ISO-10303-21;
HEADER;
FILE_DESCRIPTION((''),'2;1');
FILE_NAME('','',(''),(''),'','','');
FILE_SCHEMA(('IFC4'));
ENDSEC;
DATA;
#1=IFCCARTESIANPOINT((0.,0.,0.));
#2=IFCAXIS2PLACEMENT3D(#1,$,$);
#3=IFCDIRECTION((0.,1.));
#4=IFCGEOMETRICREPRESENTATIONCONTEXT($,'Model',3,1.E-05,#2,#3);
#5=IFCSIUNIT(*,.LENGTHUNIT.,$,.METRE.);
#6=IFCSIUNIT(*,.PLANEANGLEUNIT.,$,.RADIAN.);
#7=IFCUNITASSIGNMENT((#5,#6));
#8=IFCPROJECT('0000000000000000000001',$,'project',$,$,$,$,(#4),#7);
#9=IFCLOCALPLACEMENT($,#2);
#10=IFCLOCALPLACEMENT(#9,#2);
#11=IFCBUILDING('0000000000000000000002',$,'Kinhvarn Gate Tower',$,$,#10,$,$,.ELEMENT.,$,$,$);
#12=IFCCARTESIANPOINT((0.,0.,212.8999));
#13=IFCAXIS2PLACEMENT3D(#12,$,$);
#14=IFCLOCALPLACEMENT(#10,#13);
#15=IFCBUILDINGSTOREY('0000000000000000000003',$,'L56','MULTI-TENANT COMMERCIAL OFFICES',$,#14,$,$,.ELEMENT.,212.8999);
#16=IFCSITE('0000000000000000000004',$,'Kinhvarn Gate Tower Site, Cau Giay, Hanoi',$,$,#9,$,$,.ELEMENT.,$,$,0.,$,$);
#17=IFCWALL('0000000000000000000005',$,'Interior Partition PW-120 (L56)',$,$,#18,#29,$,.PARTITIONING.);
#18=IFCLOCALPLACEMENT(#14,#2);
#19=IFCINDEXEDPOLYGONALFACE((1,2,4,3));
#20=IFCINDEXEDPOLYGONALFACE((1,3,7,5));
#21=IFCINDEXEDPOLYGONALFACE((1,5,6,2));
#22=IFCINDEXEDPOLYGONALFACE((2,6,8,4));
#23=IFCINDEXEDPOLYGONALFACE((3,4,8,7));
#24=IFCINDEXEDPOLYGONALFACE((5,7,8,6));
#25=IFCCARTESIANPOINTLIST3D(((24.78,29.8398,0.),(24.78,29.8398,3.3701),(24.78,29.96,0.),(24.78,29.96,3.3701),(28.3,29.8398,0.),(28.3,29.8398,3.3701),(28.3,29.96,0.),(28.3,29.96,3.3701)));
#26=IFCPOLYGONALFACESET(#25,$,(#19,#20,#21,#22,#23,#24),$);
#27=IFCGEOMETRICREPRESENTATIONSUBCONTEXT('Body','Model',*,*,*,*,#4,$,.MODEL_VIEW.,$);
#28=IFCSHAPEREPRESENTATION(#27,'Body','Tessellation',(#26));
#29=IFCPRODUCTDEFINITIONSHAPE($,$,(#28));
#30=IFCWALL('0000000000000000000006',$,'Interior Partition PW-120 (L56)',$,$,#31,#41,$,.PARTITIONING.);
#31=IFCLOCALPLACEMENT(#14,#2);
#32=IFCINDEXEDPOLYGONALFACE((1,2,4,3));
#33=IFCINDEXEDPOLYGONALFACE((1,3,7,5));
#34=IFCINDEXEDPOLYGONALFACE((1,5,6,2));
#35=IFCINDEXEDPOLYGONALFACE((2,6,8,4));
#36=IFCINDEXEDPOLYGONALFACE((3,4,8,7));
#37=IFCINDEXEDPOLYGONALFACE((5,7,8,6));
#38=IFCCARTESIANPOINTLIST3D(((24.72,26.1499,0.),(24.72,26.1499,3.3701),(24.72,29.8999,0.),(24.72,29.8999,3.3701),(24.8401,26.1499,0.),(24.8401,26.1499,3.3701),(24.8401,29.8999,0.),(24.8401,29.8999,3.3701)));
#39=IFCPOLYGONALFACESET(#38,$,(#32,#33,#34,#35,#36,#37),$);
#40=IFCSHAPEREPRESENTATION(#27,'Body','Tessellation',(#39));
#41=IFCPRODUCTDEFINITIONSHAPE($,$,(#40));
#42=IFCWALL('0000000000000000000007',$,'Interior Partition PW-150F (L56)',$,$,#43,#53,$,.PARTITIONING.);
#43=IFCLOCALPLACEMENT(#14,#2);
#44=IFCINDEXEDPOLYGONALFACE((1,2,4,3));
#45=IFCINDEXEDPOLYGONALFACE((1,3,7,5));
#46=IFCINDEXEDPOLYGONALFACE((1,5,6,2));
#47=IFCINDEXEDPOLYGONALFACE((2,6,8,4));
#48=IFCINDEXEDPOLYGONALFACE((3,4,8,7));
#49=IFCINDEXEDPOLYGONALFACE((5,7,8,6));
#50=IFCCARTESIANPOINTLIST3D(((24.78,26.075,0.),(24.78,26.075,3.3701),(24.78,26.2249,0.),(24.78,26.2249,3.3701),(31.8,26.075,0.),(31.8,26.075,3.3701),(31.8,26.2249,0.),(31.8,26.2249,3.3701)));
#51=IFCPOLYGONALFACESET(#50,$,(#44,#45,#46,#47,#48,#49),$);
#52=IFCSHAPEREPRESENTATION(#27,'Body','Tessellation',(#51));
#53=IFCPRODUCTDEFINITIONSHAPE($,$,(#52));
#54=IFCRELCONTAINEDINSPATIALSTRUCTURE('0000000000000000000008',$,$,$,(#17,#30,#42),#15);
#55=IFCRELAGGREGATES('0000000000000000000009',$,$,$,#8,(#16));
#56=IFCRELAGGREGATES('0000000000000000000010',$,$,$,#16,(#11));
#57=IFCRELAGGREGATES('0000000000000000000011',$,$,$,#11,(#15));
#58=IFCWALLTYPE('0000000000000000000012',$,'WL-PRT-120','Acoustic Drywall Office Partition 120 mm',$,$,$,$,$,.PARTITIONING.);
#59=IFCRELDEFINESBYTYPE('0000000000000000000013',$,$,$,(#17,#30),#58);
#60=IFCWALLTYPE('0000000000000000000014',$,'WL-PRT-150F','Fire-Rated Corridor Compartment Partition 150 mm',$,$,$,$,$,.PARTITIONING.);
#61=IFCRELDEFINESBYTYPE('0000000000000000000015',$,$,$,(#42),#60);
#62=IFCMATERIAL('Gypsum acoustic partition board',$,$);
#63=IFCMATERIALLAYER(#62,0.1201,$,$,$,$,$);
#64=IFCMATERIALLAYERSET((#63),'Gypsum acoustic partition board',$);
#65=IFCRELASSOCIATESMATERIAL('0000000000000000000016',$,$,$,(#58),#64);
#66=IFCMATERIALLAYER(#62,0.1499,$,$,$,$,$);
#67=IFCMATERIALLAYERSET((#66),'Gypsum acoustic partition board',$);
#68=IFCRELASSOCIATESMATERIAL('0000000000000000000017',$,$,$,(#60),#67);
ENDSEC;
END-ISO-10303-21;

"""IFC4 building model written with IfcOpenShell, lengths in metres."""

from ifc_helpers import new_model, si_unit, direction, frame, frame_2d, origin, place, context, subcontext, project, spatial, rectangle, extrude, material, layer, layer_set, type_object, element, save


model = new_model("IFC4")

# Units and contexts
model_context = context("Model", 3, precision=1e-05, world=origin(), true_north=direction((0.0, 1.0)))
body_context = subcontext(model_context, "Body", "Model", "MODEL_VIEW")
ifc_project = project(units=[si_unit("LENGTHUNIT", "METRE"), si_unit("PLANEANGLEUNIT", "RADIAN")], contexts=[model_context])

# Site, building, storey
site_placement = place(None, origin())
site = spatial("IfcSite", under=ifc_project, at=site_placement, Name="Kinhvarn Gate Tower Site, Cau Giay, Hanoi", CompositionType="ELEMENT", RefElevation=0.0)
building_placement = place(site_placement, origin())
building = spatial("IfcBuilding", under=site, at=building_placement, Name="Kinhvarn Gate Tower", CompositionType="ELEMENT")
storey_placement = place(building_placement, frame((0.0, 0.0, 212.8999)))
storey = spatial("IfcBuildingStorey", under=building, at=storey_placement, Name="L56", Description="MULTI-TENANT COMMERCIAL OFFICES", CompositionType="ELEMENT", Elevation=212.8999)

# Shared definitions
ifc_material_1 = material(Name="Gypsum acoustic partition board")

# Walls
ifc_layer_1 = layer(ifc_material_1, 0.1201)
ifc_layer_set_1 = layer_set([ifc_layer_1], Name="Gypsum acoustic partition board")
wall_type_1 = type_object("IfcWallType", Name="WL-PRT-120", Description="Acoustic Drywall Office Partition 120 mm", PredefinedType="PARTITIONING", material=ifc_layer_set_1)
wall_1_placement = place(storey_placement, frame((24.78, 29.8999, 0.0), z_axis=(0.0, 0.0, 1.0), x_axis=(1.0, 0.0, 0.0)))
element("IfcWall", 1, at=wall_1_placement, inside=storey, type_object=wall_type_1, Name="Interior Partition PW-120 (L56)", PredefinedType="PARTITIONING", context=body_context, shape_type="SweptSolid", body=[
    extrude(rectangle(XDim=3.52, YDim=0.1201, at=frame_2d((1.76, 0.0))), origin(), (0.0, 0.0, 1.0), 3.3701),
])
wall_2_placement = place(storey_placement, frame((24.78, 26.1499, 0.0), z_axis=(0.0, 0.0, 1.0), x_axis=(0.0, 1.0, 0.0)))
element("IfcWall", 2, at=wall_2_placement, inside=storey, type_object=wall_type_1, Name="Interior Partition PW-120 (L56)", PredefinedType="PARTITIONING", context=body_context, shape_type="SweptSolid", body=[
    extrude(rectangle(XDim=3.75, YDim=0.1201, at=frame_2d((1.875, 0.0))), origin(), (0.0, 0.0, 1.0), 3.3701),
])
ifc_layer_2 = layer(ifc_material_1, 0.1499)
ifc_layer_set_2 = layer_set([ifc_layer_2], Name="Gypsum acoustic partition board")
wall_type_2 = type_object("IfcWallType", Name="WL-PRT-150F", Description="Fire-Rated Corridor Compartment Partition 150 mm", PredefinedType="PARTITIONING", material=ifc_layer_set_2)
wall_3_placement = place(storey_placement, frame((24.78, 26.1499, 0.0), z_axis=(0.0, 0.0, 1.0), x_axis=(1.0, 0.0, 0.0)))
element("IfcWall", 3, at=wall_3_placement, inside=storey, type_object=wall_type_2, Name="Interior Partition PW-150F (L56)", PredefinedType="PARTITIONING", context=body_context, shape_type="SweptSolid", body=[
    extrude(rectangle(XDim=7.02, YDim=0.1499, at=frame_2d((3.51, 0.0))), origin(), (0.0, 0.0, 1.0), 3.3701),
])

save(model, "model.ifc")
